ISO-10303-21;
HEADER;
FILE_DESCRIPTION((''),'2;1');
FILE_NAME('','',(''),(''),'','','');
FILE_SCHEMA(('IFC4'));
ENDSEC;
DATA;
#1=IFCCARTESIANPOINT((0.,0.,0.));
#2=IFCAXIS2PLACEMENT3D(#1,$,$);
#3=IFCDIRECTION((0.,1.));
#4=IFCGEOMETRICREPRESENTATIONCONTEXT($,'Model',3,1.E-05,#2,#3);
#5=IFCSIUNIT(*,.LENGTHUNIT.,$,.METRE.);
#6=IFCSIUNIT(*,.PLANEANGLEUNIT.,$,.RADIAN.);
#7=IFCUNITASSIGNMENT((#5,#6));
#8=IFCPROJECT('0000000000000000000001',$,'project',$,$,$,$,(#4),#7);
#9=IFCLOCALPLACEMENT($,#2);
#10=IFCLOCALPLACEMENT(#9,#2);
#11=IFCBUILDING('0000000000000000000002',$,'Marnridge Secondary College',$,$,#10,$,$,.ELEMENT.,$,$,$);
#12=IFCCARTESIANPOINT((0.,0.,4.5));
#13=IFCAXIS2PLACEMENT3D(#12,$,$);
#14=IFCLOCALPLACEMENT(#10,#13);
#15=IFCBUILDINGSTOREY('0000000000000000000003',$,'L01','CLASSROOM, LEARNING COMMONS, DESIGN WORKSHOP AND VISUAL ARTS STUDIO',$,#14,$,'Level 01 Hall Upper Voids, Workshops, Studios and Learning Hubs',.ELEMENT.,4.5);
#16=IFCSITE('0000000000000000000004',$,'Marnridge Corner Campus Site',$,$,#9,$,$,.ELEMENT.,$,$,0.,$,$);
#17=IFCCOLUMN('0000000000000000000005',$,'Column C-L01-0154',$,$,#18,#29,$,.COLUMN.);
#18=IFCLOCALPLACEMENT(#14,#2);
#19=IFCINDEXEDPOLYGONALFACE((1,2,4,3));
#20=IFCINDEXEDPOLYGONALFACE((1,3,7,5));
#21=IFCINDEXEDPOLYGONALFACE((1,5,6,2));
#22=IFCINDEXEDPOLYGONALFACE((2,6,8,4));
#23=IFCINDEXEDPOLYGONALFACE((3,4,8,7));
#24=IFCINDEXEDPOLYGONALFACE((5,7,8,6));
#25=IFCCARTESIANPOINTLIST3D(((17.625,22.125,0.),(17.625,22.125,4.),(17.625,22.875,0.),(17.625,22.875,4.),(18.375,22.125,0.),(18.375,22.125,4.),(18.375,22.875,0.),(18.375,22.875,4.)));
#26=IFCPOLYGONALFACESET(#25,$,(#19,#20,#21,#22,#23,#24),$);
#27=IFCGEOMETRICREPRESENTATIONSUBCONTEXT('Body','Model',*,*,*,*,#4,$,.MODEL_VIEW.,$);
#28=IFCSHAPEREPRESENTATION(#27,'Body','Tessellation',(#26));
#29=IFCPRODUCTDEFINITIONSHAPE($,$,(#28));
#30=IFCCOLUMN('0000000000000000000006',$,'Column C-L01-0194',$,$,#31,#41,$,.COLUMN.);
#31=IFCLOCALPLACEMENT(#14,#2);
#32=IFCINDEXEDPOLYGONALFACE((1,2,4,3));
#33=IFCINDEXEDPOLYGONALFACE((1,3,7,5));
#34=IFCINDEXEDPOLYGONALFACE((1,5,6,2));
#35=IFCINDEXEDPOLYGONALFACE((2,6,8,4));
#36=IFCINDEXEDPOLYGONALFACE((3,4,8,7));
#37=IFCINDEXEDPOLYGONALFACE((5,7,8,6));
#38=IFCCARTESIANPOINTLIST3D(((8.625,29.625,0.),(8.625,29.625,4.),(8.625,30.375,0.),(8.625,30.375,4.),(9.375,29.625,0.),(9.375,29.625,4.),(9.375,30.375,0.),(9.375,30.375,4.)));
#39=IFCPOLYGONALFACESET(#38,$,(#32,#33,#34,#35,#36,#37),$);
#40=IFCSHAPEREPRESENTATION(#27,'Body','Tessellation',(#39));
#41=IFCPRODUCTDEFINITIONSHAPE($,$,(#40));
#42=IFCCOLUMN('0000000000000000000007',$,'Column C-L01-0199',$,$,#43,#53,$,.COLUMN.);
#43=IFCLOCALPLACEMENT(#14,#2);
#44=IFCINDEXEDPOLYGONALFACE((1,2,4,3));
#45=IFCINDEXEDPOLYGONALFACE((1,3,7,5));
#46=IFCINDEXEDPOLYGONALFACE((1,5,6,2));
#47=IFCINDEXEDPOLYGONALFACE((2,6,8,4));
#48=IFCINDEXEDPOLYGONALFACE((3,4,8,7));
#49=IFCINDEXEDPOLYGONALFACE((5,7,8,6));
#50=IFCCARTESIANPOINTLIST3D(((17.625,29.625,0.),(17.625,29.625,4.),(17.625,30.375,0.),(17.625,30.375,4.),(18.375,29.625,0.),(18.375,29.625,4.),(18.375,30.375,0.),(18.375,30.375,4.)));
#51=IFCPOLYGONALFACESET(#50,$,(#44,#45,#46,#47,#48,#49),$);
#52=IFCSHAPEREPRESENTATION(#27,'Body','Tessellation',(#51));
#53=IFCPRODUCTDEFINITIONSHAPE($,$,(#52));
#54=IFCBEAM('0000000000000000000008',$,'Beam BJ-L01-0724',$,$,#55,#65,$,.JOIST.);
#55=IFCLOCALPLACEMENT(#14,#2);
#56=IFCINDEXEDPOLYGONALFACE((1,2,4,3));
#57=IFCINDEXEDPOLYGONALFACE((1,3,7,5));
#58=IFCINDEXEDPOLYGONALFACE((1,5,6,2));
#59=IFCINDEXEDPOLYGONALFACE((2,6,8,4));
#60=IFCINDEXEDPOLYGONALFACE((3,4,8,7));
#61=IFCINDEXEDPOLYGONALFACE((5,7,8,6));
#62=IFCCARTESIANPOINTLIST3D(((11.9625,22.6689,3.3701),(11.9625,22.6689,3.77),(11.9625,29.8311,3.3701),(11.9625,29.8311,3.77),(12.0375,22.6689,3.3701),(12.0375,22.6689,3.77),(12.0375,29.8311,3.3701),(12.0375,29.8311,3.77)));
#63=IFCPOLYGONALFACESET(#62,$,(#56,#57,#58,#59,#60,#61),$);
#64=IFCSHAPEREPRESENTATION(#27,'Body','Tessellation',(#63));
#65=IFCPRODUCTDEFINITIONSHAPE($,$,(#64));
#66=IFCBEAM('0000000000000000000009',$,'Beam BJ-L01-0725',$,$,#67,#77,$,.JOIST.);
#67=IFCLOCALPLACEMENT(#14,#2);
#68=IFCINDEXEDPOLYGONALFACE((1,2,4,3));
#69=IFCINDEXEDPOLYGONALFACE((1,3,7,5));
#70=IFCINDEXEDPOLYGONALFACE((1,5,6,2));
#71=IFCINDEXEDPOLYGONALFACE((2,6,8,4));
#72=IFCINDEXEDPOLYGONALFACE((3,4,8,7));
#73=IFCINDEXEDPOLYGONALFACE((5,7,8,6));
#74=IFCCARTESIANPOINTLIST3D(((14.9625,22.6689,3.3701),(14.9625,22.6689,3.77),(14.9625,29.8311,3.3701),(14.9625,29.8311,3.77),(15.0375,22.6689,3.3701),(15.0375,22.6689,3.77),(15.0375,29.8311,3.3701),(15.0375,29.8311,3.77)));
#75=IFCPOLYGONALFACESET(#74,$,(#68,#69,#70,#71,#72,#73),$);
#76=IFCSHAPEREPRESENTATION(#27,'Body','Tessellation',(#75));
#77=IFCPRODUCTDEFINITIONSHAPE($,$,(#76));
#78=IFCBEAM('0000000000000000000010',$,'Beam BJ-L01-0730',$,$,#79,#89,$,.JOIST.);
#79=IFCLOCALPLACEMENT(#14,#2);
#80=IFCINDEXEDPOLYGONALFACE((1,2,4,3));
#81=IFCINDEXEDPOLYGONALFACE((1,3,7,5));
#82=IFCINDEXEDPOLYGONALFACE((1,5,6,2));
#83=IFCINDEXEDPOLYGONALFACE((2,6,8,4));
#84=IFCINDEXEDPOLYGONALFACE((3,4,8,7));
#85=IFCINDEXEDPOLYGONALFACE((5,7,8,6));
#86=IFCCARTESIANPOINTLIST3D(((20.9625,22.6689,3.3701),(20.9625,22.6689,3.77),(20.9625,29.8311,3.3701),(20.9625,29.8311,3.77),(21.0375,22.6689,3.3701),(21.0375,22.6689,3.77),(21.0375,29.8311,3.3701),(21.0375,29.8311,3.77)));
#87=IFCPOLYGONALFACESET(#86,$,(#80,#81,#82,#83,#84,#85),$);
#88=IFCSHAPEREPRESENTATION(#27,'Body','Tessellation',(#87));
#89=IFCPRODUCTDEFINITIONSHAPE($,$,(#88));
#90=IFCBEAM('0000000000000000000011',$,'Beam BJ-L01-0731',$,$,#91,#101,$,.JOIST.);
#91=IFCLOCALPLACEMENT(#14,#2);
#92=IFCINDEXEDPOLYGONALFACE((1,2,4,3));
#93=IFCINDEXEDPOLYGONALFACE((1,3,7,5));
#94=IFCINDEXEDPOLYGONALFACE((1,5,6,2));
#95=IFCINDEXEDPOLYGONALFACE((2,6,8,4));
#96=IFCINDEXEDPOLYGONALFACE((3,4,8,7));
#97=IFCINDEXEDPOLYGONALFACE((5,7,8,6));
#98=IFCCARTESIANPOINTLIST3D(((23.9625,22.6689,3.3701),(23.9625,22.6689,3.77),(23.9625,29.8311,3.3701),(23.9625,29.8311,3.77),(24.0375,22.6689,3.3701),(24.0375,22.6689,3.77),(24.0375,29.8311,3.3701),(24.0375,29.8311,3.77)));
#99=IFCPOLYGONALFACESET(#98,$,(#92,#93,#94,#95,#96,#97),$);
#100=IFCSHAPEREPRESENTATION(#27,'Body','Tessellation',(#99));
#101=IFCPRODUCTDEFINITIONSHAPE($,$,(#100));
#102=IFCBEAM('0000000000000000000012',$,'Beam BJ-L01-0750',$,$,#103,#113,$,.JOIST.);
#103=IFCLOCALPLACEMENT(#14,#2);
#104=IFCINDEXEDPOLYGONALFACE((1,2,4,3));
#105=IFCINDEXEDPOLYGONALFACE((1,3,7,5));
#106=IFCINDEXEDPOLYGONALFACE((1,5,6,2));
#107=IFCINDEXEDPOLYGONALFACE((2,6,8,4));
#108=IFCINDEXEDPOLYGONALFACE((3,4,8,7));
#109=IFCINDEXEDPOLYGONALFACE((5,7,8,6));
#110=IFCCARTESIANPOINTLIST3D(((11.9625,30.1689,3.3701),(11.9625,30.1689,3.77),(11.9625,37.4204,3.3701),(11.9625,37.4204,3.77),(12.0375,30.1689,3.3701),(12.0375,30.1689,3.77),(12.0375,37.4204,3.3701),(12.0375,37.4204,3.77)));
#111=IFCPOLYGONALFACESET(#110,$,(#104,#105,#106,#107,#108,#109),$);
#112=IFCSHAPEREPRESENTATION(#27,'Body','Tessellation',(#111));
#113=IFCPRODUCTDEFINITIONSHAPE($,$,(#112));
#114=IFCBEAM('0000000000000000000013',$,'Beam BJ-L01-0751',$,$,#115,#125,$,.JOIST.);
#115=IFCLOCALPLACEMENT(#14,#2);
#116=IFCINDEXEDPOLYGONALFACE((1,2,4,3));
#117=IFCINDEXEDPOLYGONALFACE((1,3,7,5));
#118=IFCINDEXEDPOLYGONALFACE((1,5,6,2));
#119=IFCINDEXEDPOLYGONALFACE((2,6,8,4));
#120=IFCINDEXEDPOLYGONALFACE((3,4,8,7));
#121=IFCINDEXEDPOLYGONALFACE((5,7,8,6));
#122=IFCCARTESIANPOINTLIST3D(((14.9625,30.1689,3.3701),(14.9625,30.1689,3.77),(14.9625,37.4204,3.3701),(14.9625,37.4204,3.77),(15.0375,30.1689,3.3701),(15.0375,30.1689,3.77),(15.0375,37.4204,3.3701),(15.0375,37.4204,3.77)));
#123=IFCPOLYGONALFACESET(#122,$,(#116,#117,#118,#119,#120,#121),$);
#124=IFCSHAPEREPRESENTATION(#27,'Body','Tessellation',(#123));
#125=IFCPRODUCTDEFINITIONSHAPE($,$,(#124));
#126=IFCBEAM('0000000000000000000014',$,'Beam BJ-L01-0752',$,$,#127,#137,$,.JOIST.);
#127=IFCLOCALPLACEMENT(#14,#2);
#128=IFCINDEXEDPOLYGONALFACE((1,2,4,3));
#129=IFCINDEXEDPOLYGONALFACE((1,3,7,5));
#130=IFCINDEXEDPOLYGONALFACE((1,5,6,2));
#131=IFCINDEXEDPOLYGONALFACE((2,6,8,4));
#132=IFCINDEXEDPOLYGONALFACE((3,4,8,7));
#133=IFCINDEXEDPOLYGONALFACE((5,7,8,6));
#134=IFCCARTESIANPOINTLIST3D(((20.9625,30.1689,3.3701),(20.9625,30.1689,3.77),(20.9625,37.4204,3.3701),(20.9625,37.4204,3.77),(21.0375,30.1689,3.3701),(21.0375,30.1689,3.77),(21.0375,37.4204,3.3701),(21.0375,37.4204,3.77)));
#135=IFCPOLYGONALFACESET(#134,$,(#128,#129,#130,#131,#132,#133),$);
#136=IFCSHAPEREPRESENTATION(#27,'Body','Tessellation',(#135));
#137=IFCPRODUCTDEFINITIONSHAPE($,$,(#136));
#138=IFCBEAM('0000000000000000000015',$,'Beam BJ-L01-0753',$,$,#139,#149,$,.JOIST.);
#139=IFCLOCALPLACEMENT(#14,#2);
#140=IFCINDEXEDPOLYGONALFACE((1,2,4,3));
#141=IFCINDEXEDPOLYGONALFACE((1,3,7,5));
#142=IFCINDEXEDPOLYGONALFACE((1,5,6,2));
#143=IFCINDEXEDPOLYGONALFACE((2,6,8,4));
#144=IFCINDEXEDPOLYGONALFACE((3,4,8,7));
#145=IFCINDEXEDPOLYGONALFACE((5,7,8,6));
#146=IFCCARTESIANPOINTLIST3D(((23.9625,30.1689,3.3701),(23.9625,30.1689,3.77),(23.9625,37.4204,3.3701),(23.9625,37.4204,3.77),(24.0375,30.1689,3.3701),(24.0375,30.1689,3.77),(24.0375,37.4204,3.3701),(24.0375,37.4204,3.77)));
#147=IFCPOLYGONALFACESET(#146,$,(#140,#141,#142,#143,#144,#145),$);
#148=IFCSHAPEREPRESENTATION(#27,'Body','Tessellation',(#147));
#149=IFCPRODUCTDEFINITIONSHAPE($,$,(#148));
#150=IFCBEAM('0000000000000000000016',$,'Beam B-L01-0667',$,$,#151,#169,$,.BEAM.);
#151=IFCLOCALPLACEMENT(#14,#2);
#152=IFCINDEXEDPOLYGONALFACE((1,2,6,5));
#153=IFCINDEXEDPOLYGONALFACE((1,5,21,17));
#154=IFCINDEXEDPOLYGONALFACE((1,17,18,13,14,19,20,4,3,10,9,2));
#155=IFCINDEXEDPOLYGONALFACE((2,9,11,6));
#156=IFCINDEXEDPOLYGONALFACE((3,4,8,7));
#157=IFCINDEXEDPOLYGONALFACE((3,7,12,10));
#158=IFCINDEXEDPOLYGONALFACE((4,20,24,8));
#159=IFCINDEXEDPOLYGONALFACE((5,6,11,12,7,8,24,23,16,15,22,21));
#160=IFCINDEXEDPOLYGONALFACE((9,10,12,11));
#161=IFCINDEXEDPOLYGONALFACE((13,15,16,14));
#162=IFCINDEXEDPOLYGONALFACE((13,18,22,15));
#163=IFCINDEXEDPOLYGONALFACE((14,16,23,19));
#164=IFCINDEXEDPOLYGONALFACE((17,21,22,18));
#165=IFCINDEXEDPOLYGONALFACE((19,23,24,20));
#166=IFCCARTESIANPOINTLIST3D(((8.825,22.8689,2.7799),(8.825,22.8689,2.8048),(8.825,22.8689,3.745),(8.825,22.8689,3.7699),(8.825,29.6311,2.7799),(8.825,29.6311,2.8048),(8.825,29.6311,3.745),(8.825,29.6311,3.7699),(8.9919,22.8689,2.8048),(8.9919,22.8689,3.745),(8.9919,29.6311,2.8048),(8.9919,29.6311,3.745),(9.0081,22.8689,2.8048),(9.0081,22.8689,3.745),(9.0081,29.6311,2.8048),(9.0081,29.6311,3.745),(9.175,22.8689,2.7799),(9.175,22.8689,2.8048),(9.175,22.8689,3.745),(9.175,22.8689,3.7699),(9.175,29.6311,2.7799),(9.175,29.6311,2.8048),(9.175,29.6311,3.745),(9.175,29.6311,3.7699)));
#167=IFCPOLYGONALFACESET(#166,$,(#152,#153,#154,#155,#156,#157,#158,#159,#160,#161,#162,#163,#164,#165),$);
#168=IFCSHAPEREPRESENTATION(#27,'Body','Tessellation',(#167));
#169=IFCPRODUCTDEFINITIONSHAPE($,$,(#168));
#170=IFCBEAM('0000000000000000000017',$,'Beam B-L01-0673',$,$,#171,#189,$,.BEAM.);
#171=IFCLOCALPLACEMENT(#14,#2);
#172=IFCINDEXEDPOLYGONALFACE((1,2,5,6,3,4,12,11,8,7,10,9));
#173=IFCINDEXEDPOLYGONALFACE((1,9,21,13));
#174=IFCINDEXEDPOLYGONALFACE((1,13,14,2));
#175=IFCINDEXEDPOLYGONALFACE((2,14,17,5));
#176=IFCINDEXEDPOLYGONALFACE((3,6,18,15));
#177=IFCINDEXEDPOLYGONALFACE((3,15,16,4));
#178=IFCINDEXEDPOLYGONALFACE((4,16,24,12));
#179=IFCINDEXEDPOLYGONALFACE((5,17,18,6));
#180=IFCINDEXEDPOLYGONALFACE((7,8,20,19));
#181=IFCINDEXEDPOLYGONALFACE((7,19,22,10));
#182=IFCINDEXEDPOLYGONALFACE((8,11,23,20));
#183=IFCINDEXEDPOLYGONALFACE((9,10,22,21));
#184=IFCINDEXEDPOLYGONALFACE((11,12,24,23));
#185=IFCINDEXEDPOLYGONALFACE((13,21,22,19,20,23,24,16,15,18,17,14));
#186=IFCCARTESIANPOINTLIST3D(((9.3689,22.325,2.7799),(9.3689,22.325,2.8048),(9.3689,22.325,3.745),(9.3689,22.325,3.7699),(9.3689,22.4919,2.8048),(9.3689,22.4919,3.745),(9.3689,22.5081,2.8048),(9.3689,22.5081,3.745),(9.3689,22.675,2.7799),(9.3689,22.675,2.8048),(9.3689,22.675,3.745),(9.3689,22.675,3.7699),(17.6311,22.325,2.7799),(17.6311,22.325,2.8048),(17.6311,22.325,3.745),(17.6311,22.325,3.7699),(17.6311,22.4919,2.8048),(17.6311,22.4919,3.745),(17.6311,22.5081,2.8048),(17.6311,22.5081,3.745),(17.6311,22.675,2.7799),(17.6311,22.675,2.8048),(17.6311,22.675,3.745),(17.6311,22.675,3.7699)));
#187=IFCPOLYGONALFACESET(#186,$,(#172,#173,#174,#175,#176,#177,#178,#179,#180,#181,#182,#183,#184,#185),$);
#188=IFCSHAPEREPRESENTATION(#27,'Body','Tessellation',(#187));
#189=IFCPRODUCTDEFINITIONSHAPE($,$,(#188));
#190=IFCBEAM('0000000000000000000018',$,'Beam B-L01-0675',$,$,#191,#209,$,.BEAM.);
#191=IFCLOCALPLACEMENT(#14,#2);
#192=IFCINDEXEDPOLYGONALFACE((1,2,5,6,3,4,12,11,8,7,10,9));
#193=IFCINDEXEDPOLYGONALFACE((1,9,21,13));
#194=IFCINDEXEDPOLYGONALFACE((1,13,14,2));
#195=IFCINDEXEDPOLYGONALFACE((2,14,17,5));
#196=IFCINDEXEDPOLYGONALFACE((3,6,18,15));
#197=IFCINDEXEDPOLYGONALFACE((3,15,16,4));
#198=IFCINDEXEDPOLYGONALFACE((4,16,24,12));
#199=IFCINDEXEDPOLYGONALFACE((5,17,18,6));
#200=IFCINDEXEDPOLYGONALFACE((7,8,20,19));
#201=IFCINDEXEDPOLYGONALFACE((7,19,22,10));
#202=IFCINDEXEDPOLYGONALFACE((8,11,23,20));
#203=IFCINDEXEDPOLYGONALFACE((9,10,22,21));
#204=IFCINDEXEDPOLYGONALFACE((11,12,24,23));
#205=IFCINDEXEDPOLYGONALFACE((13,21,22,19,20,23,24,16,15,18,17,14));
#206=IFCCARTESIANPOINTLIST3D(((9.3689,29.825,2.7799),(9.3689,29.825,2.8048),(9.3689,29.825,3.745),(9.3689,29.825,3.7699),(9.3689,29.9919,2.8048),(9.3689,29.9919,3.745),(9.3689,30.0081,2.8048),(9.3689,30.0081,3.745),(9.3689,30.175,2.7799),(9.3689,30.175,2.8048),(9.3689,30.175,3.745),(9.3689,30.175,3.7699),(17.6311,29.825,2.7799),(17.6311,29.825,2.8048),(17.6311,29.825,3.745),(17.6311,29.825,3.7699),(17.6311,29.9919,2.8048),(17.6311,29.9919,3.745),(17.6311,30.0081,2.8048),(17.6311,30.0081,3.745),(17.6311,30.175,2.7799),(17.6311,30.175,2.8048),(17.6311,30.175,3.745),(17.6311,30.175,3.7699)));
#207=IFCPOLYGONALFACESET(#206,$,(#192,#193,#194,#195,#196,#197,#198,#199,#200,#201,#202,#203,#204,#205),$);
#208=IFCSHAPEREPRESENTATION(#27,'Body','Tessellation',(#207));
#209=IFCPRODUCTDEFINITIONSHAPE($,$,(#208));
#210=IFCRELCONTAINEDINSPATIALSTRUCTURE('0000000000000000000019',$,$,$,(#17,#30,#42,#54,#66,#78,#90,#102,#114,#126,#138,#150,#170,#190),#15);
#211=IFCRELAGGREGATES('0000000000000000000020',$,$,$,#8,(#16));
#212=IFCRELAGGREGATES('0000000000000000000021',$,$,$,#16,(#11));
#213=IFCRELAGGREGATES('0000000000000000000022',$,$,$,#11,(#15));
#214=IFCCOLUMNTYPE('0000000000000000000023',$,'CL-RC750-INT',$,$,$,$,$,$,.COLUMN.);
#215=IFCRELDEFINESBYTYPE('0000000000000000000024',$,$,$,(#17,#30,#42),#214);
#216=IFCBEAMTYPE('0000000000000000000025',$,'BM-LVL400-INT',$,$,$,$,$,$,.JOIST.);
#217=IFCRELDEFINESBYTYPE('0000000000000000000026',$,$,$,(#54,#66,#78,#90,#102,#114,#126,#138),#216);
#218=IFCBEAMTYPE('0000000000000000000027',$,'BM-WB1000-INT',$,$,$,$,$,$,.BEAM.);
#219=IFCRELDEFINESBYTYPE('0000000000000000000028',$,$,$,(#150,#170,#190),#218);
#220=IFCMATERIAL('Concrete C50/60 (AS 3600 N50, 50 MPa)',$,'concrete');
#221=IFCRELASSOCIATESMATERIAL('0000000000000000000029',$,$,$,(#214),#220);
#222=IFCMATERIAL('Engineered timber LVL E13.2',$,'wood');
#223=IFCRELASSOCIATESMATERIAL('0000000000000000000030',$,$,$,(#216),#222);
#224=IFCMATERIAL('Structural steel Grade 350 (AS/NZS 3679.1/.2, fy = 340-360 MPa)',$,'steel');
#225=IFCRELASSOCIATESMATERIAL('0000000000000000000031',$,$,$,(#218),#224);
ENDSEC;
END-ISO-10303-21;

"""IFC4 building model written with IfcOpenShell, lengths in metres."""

from ifc_helpers import new_model, si_unit, direction, frame, origin, origin_2d, place, context, subcontext, project, spatial, rectangle, i_section, extrude, material, material_profile, profile_set, type_object, element, save


model = new_model("IFC4")

# Units and contexts
model_context = context("Model", 3, precision=1e-05, world=origin(), true_north=direction((0.0, 1.0)))
body_context = subcontext(model_context, "Body", "Model", "MODEL_VIEW")
ifc_project = project(units=[si_unit("LENGTHUNIT", "METRE"), si_unit("PLANEANGLEUNIT", "RADIAN")], contexts=[model_context])

# Site, building, storey
site_placement = place(None, origin())
site = spatial("IfcSite", under=ifc_project, at=site_placement, Name="Marnridge Corner Campus Site", CompositionType="ELEMENT", RefElevation=0.0)
building_placement = place(site_placement, origin())
building = spatial("IfcBuilding", under=site, at=building_placement, Name="Marnridge Secondary College", CompositionType="ELEMENT")
storey_placement = place(building_placement, frame((0.0, 0.0, 4.5)))
storey = spatial("IfcBuildingStorey", under=building, at=storey_placement, Name="L01", Description="CLASSROOM, LEARNING COMMONS, DESIGN WORKSHOP AND VISUAL ARTS STUDIO", LongName="Level 01 Hall Upper Voids, Workshops, Studios and Learning Hubs", CompositionType="ELEMENT", Elevation=4.5)

# Columns
ifc_material_1 = material(Name="Concrete C50/60 (AS 3600 N50, 50 MPa)", Category="concrete")
ifc_material_profile_1 = material_profile(ifc_material_1, rectangle(XDim=0.75, YDim=0.75, at=origin_2d()), Name="RC 750x750")
ifc_profile_set_1 = profile_set([ifc_material_profile_1], Name="Concrete C50/60 (AS 3600 N50, 50 MPa)")
column_type = type_object("IfcColumnType", Name="CL-RC750-INT", PredefinedType="COLUMN", material=ifc_profile_set_1)
for number, where, z_axis, x_axis, name in (
    (1, (18.0, 22.5, 0.0), (0.0, 0.0, 1.0), (1.0, 0.0, 0.0), "Column C-L01-0154"),
    (2, (9.0, 30.0, 0.0), (0.0, 0.0, 1.0), (1.0, 0.0, 0.0), "Column C-L01-0194"),
    (3, (18.0, 30.0, 0.0), (0.0, 0.0, 1.0), (1.0, 0.0, 0.0), "Column C-L01-0199"),
):
    element("IfcColumn", number, at=place(storey_placement, frame(where, z_axis=z_axis, x_axis=x_axis)), inside=storey, type_object=column_type, Name=name, PredefinedType="COLUMN", context=body_context, shape_type="SweptSolid", body=[
        extrude(rectangle(XDim=0.75, YDim=0.75, at=origin_2d()), origin(), (0.0, 0.0, 1.0), 4.0),
    ])

# Beams
ifc_material_2 = material(Name="Engineered timber LVL E13.2", Category="wood")
ifc_material_profile_2 = material_profile(ifc_material_2, rectangle(XDim=0.075, YDim=0.3999, at=origin_2d()), Name="LVL 75x400")
ifc_profile_set_2 = profile_set([ifc_material_profile_2], Name="Engineered timber LVL E13.2")
beam_type_1 = type_object("IfcBeamType", Name="BM-LVL400-INT", PredefinedType="JOIST", material=ifc_profile_set_2)
for number, where, z_axis, x_axis, name in (
    (4, (12.0, 22.6689, 3.5701), (0.0, 1.0, 0.0), (-1.0, 0.0, 0.0), "Beam BJ-L01-0724"),
    (5, (15.0, 22.6689, 3.5701), (0.0, 1.0, 0.0), (-1.0, 0.0, 0.0), "Beam BJ-L01-0725"),
    (6, (21.0, 22.6689, 3.5701), (0.0, 1.0, 0.0), (-1.0, 0.0, 0.0), "Beam BJ-L01-0730"),
    (7, (24.0, 22.6689, 3.5701), (0.0, 1.0, 0.0), (-1.0, 0.0, 0.0), "Beam BJ-L01-0731"),
):
    element("IfcBeam", number, at=place(storey_placement, frame(where, z_axis=z_axis, x_axis=x_axis)), inside=storey, type_object=beam_type_1, Name=name, PredefinedType="JOIST", context=body_context, shape_type="SweptSolid", body=[
        extrude(rectangle(XDim=0.075, YDim=0.3999, at=origin_2d()), origin(), (0.0, 0.0, 1.0), 7.1621),
    ])
for number, where, z_axis, x_axis, name in (
    (8, (12.0, 30.1689, 3.5701), (0.0, 1.0, 0.0), (-1.0, 0.0, 0.0), "Beam BJ-L01-0750"),
    (9, (15.0, 30.1689, 3.5701), (0.0, 1.0, 0.0), (-1.0, 0.0, 0.0), "Beam BJ-L01-0751"),
    (10, (21.0, 30.1689, 3.5701), (0.0, 1.0, 0.0), (-1.0, 0.0, 0.0), "Beam BJ-L01-0752"),
    (11, (24.0, 30.1689, 3.5701), (0.0, 1.0, 0.0), (-1.0, 0.0, 0.0), "Beam BJ-L01-0753"),
):
    element("IfcBeam", number, at=place(storey_placement, frame(where, z_axis=z_axis, x_axis=x_axis)), inside=storey, type_object=beam_type_1, Name=name, PredefinedType="JOIST", context=body_context, shape_type="SweptSolid", body=[
        extrude(rectangle(XDim=0.075, YDim=0.3999, at=origin_2d()), origin(), (0.0, 0.0, 1.0), 7.2515),
    ])
ifc_material_3 = material(Name="Structural steel Grade 350 (AS/NZS 3679.1/.2, fy = 340-360 MPa)", Category="steel")
ifc_material_profile_3 = material_profile(ifc_material_3, i_section(OverallWidth=0.3501, OverallDepth=0.99, WebThickness=0.0161, FlangeThickness=0.0249, at=origin_2d()), Name="1000WB258")
ifc_profile_set_3 = profile_set([ifc_material_profile_3], Name="Structural steel Grade 350 (AS/NZS 3679.1/.2, fy = 340-360 MPa)")
beam_type_2 = type_object("IfcBeamType", Name="BM-WB1000-INT", PredefinedType="BEAM", material=ifc_profile_set_3)
beam_1_placement = place(storey_placement, frame((9.0, 22.8689, 3.2749), z_axis=(0.0, 1.0, 0.0), x_axis=(-1.0, 0.0, 0.0)))
element("IfcBeam", 12, at=beam_1_placement, inside=storey, type_object=beam_type_2, Name="Beam B-L01-0667", PredefinedType="BEAM", context=body_context, shape_type="SweptSolid", body=[
    extrude(i_section(OverallWidth=0.3501, OverallDepth=0.99, WebThickness=0.0161, FlangeThickness=0.0249, at=origin_2d()), origin(), (0.0, 0.0, 1.0), 6.7622),
])
for number, where, z_axis, x_axis, name in (
    (13, (9.3689, 22.5, 3.2749), (1.0, 0.0, 0.0), (0.0, 1.0, 0.0), "Beam B-L01-0673"),
    (14, (9.3689, 30.0, 3.2749), (1.0, 0.0, 0.0), (0.0, 1.0, 0.0), "Beam B-L01-0675"),
):
    element("IfcBeam", number, at=place(storey_placement, frame(where, z_axis=z_axis, x_axis=x_axis)), inside=storey, type_object=beam_type_2, Name=name, PredefinedType="BEAM", context=body_context, shape_type="SweptSolid", body=[
        extrude(i_section(OverallWidth=0.3501, OverallDepth=0.99, WebThickness=0.0161, FlangeThickness=0.0249, at=origin_2d()), origin(), (0.0, 0.0, 1.0), 8.2622),
    ])

save(model, "model.ifc")
